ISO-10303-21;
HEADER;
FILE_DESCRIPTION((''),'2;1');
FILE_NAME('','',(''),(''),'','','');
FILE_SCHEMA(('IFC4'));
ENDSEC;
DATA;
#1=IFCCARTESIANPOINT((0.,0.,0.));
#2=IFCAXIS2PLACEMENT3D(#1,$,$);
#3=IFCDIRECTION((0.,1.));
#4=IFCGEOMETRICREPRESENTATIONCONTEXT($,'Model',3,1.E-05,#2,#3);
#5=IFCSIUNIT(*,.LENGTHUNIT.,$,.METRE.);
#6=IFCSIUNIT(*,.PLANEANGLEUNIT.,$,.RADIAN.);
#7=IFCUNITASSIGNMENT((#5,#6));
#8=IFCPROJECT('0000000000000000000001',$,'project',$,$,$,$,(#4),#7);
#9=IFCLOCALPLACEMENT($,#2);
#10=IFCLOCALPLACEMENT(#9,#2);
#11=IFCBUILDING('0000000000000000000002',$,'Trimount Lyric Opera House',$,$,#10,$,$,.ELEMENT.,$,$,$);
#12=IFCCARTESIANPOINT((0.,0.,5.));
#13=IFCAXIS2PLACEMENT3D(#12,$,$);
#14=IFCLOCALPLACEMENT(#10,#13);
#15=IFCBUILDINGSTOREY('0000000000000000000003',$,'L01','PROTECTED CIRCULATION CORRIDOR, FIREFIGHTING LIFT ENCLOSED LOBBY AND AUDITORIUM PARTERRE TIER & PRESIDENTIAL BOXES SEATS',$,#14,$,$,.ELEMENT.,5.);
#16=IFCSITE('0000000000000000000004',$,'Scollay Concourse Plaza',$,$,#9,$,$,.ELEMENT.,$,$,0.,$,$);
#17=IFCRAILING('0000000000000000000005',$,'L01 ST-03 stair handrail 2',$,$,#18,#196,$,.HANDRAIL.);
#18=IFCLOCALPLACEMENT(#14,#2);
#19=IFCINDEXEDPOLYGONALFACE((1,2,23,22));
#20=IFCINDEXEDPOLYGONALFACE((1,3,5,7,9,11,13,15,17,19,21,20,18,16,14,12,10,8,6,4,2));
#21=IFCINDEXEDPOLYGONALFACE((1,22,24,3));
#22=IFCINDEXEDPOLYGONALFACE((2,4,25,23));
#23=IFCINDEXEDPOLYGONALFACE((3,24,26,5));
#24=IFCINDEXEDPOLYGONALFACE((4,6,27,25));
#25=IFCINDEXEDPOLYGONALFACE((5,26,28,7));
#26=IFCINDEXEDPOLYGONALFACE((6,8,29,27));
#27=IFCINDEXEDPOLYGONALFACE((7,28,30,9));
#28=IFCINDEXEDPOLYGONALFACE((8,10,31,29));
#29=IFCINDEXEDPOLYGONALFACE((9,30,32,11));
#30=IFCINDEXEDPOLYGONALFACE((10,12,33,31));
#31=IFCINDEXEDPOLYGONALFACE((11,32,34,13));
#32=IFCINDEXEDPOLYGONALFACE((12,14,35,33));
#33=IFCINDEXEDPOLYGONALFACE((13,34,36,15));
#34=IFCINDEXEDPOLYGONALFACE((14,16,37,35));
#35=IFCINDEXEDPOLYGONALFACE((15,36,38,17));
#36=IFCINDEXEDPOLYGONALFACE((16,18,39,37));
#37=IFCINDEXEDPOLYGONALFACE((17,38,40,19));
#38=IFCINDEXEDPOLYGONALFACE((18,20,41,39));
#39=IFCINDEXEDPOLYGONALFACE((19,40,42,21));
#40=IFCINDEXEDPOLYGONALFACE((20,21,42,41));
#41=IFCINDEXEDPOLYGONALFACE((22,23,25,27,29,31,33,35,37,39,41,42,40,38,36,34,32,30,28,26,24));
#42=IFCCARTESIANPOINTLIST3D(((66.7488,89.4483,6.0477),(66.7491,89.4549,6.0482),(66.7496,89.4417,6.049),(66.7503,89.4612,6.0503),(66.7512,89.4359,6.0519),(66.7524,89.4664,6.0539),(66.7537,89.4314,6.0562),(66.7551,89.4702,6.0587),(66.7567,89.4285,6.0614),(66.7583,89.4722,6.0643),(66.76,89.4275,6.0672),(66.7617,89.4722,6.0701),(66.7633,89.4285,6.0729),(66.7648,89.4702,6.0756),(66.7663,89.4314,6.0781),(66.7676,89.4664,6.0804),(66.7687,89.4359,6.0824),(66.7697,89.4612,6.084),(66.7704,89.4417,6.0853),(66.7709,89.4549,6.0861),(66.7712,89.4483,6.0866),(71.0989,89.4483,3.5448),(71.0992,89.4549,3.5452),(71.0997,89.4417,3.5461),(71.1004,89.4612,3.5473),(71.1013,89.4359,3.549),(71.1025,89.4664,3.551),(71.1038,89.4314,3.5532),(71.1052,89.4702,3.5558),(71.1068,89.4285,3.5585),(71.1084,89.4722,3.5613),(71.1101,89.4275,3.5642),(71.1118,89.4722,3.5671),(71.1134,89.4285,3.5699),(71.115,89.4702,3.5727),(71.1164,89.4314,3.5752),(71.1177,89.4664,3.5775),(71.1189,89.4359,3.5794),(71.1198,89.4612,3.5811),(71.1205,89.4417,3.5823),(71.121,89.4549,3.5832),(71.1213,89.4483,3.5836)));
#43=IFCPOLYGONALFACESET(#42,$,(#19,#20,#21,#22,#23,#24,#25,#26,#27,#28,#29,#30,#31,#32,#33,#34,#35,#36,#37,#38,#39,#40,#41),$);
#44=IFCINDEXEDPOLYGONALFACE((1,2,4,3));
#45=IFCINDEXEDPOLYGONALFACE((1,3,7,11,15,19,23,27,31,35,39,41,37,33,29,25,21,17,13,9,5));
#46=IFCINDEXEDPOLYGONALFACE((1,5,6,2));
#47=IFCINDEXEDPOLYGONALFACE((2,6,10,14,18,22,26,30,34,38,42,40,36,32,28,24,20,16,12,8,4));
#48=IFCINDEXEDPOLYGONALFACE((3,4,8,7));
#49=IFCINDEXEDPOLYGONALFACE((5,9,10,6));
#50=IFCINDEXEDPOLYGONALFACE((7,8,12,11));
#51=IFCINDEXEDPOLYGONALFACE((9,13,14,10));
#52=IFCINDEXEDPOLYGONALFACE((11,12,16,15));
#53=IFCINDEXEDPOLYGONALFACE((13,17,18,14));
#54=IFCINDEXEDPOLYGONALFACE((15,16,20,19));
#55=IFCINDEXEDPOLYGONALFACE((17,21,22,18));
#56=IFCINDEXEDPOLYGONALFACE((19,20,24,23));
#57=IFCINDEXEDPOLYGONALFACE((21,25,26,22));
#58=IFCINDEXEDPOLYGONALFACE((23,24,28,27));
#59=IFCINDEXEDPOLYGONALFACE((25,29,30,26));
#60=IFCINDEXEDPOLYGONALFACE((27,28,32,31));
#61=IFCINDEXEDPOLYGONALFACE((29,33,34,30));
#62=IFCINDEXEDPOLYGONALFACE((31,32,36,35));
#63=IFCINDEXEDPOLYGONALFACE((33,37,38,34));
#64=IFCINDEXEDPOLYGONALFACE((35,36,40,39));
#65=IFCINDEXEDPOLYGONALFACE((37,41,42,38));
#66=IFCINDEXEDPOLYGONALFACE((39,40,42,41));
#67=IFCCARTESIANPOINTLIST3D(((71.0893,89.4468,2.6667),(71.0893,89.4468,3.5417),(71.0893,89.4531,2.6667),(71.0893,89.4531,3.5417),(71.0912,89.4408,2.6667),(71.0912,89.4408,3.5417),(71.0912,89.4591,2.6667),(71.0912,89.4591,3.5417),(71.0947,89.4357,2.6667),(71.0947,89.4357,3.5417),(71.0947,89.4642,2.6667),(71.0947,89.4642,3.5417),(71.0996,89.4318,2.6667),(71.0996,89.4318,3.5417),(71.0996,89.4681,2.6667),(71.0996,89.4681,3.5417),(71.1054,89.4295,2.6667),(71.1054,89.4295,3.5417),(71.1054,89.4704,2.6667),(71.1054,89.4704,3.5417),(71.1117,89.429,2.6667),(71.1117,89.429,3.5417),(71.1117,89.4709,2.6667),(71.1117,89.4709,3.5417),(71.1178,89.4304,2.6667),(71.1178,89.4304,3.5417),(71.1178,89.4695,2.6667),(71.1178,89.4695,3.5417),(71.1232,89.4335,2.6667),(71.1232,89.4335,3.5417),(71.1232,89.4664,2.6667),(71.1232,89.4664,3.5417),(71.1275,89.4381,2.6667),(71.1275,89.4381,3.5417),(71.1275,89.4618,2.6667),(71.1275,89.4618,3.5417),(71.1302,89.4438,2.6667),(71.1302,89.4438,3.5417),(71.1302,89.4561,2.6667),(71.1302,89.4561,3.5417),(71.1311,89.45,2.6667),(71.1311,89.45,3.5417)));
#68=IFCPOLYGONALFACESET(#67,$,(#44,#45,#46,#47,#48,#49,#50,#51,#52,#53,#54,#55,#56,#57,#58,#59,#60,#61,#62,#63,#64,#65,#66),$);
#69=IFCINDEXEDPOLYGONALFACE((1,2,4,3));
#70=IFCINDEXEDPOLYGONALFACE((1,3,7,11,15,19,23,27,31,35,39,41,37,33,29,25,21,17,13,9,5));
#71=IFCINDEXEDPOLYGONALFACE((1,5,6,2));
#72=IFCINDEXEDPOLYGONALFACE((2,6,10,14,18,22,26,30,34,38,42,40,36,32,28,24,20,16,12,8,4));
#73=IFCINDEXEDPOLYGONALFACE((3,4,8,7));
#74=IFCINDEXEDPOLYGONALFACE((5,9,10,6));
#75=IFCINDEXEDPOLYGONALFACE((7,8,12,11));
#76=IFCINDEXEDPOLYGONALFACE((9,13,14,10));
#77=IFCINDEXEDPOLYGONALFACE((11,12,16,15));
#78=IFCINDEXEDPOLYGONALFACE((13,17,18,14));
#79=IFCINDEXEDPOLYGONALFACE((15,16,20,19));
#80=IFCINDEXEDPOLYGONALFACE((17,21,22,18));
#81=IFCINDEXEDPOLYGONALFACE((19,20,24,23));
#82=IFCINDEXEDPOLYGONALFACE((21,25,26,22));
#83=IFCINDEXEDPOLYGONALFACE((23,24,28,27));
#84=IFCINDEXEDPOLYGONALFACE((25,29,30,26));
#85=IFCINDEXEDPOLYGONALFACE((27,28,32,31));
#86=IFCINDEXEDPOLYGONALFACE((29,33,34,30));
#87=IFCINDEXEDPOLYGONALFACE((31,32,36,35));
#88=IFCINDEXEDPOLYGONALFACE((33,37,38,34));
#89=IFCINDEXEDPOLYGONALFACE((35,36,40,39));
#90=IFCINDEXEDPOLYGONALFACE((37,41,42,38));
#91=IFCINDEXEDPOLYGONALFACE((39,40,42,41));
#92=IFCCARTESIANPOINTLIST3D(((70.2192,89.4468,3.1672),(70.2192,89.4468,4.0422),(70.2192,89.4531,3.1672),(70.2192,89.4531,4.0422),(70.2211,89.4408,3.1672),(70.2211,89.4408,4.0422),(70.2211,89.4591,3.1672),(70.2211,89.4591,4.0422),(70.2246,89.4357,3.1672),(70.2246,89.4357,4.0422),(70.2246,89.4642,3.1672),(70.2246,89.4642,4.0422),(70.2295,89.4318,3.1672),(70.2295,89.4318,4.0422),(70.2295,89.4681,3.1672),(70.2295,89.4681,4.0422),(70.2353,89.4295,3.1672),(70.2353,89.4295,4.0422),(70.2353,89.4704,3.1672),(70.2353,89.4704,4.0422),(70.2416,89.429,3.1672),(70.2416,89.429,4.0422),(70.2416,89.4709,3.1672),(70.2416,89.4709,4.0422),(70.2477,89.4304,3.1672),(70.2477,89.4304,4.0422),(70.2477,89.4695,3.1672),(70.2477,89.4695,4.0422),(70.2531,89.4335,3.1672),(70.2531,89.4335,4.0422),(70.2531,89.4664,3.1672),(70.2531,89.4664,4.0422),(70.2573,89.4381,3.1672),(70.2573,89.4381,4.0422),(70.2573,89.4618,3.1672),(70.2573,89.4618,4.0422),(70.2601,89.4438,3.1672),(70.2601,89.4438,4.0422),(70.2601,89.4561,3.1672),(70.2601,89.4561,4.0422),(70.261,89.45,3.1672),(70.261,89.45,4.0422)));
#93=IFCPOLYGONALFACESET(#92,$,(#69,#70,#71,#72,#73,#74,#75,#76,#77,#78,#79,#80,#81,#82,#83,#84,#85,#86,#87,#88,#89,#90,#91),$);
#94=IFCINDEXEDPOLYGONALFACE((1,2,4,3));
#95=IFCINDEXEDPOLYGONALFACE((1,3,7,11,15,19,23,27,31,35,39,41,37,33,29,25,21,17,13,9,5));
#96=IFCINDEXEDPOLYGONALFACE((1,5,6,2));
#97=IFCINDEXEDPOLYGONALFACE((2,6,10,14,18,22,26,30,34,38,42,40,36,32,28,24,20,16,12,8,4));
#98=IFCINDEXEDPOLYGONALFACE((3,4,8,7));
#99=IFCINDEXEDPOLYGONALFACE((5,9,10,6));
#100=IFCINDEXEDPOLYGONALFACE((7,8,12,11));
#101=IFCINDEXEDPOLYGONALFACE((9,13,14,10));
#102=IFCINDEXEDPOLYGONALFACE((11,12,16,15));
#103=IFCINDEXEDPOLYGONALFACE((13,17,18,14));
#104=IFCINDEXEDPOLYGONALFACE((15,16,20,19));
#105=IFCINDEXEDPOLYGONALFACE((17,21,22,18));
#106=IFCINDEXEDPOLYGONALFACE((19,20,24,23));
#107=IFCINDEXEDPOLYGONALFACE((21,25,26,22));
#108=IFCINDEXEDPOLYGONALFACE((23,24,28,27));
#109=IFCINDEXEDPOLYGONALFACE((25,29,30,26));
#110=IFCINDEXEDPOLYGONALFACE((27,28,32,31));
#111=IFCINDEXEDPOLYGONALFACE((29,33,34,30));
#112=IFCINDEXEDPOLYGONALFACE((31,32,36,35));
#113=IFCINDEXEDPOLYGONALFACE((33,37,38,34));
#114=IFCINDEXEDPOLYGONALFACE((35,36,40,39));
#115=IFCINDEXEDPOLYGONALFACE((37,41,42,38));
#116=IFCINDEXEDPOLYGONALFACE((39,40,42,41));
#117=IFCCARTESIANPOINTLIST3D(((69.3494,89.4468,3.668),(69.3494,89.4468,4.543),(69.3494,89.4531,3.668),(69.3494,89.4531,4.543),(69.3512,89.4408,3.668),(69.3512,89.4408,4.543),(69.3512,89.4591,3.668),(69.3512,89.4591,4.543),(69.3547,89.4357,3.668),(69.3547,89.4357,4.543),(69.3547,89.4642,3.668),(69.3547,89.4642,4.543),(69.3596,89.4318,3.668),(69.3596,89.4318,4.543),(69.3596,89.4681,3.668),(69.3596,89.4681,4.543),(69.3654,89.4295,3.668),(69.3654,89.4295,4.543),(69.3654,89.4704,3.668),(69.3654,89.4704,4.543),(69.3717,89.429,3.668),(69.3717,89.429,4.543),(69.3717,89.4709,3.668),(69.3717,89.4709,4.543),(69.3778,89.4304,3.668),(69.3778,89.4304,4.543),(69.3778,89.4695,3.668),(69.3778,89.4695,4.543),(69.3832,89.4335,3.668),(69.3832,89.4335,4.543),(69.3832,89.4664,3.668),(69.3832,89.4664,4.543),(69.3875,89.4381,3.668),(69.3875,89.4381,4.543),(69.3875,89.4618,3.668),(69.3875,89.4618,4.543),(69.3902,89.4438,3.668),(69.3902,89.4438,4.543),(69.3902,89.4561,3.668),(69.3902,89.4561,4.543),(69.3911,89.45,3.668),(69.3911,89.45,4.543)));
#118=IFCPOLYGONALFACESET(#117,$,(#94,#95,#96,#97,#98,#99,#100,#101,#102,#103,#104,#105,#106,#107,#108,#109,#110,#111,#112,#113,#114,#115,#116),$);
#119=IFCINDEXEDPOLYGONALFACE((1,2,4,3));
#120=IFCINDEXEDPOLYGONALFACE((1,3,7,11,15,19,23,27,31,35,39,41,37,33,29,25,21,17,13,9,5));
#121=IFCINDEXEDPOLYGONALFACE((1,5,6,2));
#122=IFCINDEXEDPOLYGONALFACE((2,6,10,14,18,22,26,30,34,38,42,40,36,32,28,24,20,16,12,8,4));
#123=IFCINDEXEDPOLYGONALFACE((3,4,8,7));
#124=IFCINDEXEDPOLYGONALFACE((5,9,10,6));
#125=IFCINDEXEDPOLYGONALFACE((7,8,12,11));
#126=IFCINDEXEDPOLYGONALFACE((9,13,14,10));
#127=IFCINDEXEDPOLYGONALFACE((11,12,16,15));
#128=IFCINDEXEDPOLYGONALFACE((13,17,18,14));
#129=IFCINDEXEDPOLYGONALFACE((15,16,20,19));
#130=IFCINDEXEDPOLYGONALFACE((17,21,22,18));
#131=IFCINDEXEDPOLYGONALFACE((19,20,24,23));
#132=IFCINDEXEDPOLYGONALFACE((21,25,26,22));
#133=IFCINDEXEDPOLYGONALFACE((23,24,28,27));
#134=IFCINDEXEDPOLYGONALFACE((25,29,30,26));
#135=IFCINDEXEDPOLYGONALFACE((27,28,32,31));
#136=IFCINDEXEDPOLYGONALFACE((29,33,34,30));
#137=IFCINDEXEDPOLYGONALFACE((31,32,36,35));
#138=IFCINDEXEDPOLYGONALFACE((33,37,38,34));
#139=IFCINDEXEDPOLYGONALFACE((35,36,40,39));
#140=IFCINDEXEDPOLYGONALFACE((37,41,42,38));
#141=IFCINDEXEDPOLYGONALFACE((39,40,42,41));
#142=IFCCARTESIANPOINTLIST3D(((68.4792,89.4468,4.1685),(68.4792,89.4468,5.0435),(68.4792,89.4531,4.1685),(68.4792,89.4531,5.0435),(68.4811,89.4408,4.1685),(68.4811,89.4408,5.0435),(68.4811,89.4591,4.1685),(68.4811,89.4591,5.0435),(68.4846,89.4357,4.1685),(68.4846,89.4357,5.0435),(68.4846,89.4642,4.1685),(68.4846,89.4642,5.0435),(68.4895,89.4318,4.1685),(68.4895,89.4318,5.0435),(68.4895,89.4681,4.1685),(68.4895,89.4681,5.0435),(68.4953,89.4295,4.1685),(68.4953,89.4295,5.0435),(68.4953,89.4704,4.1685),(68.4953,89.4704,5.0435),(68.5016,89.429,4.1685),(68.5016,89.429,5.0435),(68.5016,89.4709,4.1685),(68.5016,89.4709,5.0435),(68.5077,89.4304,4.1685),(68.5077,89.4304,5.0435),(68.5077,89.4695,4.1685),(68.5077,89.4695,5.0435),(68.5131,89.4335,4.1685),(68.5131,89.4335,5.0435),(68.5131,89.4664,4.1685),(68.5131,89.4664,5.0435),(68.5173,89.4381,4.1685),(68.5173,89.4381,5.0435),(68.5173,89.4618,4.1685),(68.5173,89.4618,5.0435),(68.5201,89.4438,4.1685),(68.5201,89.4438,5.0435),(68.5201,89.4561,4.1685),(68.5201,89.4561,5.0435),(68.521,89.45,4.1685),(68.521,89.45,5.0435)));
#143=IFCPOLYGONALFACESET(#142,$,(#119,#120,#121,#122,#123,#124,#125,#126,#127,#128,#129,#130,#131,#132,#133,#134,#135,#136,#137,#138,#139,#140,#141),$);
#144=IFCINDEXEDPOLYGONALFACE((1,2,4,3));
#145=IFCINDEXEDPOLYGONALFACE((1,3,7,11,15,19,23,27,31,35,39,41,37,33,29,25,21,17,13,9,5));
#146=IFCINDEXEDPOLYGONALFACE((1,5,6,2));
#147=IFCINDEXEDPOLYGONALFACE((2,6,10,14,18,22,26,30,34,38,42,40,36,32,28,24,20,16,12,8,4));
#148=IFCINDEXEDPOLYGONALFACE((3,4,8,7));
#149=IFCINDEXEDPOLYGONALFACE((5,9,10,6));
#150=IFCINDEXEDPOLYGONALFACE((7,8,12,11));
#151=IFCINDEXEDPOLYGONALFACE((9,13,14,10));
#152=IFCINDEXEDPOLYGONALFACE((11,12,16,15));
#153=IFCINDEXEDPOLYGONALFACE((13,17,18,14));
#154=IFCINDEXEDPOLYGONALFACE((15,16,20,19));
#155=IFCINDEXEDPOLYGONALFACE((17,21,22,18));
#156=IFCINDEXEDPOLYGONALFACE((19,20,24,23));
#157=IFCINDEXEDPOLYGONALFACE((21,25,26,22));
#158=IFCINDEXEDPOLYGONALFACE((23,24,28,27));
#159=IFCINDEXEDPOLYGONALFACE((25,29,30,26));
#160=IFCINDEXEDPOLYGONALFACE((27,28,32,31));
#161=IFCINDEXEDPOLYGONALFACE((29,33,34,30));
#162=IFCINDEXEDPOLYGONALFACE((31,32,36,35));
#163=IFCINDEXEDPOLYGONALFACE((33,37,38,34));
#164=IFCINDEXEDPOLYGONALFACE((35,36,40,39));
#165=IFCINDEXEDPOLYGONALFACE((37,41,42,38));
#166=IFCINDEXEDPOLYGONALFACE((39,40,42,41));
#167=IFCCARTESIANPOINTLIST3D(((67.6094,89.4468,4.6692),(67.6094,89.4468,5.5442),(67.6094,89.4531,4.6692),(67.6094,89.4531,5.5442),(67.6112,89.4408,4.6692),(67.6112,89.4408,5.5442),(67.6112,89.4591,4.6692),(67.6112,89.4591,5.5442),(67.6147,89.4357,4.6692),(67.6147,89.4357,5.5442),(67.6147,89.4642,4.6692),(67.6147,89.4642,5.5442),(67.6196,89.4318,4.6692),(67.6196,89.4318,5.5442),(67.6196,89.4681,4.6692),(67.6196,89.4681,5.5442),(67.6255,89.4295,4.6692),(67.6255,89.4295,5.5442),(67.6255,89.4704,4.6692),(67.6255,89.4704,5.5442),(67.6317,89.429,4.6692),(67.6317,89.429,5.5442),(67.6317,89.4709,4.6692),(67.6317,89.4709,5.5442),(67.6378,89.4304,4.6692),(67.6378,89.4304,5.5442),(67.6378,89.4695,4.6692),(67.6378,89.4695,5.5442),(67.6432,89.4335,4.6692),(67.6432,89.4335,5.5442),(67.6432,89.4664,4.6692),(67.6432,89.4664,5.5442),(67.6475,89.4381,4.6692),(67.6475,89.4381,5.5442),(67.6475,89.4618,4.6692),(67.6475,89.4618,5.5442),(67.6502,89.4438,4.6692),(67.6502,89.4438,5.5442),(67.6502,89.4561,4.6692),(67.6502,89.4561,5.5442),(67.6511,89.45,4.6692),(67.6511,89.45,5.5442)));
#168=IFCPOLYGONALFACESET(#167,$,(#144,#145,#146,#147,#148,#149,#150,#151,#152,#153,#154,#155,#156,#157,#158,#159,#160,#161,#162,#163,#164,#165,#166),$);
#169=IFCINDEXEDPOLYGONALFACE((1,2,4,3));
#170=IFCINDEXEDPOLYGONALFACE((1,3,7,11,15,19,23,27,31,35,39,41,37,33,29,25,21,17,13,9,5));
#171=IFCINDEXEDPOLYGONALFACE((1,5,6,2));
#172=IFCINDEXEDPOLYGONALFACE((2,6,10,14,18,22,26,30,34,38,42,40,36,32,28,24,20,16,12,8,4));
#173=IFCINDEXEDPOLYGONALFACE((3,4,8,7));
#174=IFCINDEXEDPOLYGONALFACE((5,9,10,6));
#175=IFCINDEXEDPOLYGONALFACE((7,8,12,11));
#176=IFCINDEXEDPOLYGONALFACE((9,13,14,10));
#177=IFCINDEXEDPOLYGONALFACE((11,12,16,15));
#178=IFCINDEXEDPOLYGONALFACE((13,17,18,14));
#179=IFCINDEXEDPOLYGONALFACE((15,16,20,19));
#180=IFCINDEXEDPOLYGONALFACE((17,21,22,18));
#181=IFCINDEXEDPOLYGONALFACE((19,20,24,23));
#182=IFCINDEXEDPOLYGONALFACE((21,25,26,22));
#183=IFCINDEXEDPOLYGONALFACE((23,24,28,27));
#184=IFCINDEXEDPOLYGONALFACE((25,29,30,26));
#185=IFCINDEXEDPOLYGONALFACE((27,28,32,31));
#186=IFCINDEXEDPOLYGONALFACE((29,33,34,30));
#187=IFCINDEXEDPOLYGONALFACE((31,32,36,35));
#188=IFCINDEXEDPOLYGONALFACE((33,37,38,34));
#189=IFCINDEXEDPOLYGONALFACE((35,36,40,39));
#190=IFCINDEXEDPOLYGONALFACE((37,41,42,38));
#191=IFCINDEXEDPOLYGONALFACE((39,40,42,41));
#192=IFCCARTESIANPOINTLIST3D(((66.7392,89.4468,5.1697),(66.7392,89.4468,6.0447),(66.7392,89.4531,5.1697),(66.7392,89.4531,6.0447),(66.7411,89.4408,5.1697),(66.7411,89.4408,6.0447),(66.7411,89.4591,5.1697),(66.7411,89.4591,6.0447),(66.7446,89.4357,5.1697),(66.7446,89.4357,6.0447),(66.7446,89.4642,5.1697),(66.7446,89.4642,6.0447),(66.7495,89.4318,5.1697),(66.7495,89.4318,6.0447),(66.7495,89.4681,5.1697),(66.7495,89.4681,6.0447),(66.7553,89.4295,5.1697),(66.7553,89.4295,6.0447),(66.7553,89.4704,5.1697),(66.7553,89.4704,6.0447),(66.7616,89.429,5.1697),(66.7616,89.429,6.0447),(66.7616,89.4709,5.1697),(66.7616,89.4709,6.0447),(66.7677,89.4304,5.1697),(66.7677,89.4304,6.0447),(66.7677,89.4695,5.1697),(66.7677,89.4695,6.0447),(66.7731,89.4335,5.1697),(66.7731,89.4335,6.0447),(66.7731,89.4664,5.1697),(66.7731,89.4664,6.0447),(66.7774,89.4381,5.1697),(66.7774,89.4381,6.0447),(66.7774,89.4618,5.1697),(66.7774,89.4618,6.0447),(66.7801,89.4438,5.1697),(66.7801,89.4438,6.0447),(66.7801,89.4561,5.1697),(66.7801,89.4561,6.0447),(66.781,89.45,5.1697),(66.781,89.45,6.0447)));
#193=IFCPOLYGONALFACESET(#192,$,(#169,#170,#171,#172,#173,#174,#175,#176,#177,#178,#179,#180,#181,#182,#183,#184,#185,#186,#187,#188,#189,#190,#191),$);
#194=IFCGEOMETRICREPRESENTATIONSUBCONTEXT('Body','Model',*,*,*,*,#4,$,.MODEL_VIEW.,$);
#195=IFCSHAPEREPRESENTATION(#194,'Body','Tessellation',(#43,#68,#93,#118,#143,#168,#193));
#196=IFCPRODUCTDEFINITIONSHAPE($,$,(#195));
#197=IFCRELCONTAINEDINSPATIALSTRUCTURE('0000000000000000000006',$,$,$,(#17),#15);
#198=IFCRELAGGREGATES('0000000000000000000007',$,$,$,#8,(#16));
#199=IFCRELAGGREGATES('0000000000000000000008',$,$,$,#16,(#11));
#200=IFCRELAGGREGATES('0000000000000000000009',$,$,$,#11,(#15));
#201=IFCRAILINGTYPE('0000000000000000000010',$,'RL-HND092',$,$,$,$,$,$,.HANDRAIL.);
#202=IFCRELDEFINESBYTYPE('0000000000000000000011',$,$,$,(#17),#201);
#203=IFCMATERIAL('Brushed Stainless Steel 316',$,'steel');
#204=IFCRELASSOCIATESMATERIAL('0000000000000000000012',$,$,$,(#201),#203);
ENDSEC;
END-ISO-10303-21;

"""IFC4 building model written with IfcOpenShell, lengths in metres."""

from ifc_helpers import new_model, si_unit, direction, frame, origin, origin_2d, place, context, subcontext, project, spatial, circle, extrude, material, type_object, element, save


model = new_model("IFC4")

# Units and contexts
model_context = context("Model", 3, precision=1e-05, world=origin(), true_north=direction((0.0, 1.0)))
body_context = subcontext(model_context, "Body", "Model", "MODEL_VIEW")
ifc_project = project(units=[si_unit("LENGTHUNIT", "METRE"), si_unit("PLANEANGLEUNIT", "RADIAN")], contexts=[model_context])

# Site, building, storey
site_placement = place(None, origin())
site = spatial("IfcSite", under=ifc_project, at=site_placement, Name="Scollay Concourse Plaza", CompositionType="ELEMENT", RefElevation=0.0)
building_placement = place(site_placement, origin())
building = spatial("IfcBuilding", under=site, at=building_placement, Name="Trimount Lyric Opera House", CompositionType="ELEMENT")
storey_placement = place(building_placement, frame((0.0, 0.0, 5.0)))
storey = spatial("IfcBuildingStorey", under=building, at=storey_placement, Name="L01", Description="PROTECTED CIRCULATION CORRIDOR, FIREFIGHTING LIFT ENCLOSED LOBBY AND AUDITORIUM PARTERRE TIER & PRESIDENTIAL BOXES SEATS", CompositionType="ELEMENT", Elevation=5.0)

# Railing
ifc_material_1 = material(Name="Brushed Stainless Steel 316", Category="steel")
railing_type_1 = type_object("IfcRailingType", Name="RL-HND092", PredefinedType="HANDRAIL", material=ifc_material_1)
railing_1_placement = place(storey_placement, frame((71.1101, 89.45, 2.6667)))
element("IfcRailing", 1, at=railing_1_placement, inside=storey, type_object=railing_type_1, Name="L01 ST-03 stair handrail 2", PredefinedType="HANDRAIL", context=body_context, shape_type="SweptSolid", body=[
    extrude(circle(Radius=0.0225, at=origin_2d()), frame((0.0, 0.0, 0.8975), z_axis=(-0.866766, 0.0, 0.498714), x_axis=(0.0, -1.0, 0.0)), (0.0, 0.0, 1.0), 5.0188),
    extrude(circle(Radius=0.021, at=origin_2d()), origin(), (0.0, 0.0, 1.0), 0.875),
    extrude(circle(Radius=0.021, at=origin_2d()), frame((-0.8701, 0.0, 0.5005)), (0.0, 0.0, 1.0), 0.875),
    extrude(circle(Radius=0.021, at=origin_2d()), frame((-1.74, 0.0, 1.0012)), (0.0, 0.0, 1.0), 0.875),
    extrude(circle(Radius=0.021, at=origin_2d()), frame((-2.6101, 0.0, 1.5017)), (0.0, 0.0, 1.0), 0.875),
    extrude(circle(Radius=0.021, at=origin_2d()), frame((-3.48, 0.0, 2.0024)), (0.0, 0.0, 1.0), 0.875),
    extrude(circle(Radius=0.021, at=origin_2d()), frame((-4.3501, 0.0, 2.5029)), (0.0, 0.0, 1.0), 0.875),
])

save(model, "model.ifc")
